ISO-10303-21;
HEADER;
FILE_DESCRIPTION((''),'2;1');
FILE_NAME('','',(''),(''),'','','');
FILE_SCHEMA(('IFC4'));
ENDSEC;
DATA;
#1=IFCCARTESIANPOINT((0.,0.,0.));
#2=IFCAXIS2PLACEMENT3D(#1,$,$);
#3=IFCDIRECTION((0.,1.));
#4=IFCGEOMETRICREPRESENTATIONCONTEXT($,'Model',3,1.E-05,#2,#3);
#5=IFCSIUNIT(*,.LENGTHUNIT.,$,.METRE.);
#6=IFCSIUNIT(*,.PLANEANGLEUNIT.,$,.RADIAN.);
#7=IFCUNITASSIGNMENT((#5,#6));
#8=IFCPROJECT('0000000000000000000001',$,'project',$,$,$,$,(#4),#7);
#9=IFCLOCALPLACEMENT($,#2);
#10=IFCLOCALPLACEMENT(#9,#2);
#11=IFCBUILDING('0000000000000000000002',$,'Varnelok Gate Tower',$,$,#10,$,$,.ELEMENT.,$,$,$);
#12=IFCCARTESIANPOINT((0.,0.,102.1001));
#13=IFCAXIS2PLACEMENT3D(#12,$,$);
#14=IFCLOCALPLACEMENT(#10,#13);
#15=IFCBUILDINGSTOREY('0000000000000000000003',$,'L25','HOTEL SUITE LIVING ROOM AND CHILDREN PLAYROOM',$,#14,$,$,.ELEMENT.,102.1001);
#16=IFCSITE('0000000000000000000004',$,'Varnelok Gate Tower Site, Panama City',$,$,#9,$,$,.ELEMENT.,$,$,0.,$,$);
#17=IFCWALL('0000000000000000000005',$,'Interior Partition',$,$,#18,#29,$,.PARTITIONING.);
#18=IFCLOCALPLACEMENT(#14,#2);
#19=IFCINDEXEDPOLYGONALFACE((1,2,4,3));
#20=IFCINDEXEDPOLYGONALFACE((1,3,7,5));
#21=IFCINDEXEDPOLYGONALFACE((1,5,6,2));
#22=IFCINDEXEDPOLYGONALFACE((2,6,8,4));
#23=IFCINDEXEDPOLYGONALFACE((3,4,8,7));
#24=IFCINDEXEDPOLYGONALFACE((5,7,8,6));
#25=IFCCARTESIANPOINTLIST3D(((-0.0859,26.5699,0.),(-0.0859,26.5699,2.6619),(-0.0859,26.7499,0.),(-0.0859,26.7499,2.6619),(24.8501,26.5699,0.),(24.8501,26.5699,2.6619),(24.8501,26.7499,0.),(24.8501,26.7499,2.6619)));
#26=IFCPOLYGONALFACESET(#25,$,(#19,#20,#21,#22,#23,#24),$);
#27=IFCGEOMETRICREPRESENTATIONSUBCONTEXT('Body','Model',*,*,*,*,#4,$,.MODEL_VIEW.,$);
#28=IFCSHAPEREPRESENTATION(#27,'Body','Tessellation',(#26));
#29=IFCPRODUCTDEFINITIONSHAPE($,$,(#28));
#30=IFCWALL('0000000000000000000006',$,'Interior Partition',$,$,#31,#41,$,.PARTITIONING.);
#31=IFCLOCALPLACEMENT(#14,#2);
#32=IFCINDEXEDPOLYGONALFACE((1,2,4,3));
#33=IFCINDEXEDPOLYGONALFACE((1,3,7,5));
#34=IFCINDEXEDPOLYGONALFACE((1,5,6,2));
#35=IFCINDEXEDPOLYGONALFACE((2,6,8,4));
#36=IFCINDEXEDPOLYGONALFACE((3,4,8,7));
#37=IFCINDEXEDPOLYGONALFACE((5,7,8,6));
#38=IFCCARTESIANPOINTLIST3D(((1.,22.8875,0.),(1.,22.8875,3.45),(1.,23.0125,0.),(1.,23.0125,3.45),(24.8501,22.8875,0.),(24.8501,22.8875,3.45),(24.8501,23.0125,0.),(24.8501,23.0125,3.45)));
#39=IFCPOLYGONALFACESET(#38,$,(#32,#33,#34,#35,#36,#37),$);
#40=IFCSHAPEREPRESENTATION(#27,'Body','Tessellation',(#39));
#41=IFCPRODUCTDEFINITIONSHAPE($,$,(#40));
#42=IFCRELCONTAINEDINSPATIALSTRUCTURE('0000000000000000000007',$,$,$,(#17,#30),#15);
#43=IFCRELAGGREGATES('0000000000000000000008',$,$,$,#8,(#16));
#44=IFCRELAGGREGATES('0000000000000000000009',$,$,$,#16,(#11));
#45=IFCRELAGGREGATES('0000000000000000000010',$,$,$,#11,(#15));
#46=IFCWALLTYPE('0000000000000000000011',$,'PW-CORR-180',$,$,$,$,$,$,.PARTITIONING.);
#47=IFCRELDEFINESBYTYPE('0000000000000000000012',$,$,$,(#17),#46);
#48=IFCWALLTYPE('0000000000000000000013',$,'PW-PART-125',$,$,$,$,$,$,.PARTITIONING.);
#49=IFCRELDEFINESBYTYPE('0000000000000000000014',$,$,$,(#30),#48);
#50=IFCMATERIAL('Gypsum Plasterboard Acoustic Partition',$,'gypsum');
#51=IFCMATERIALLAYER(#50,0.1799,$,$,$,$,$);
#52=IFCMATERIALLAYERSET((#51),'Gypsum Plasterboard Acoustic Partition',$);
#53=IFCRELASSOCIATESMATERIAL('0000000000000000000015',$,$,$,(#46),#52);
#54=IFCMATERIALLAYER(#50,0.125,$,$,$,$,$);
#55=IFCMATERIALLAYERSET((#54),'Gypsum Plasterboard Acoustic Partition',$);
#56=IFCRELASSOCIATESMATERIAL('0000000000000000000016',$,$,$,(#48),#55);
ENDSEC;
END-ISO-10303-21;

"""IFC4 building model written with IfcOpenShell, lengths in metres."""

from ifc_helpers import new_model, si_unit, direction, frame, frame_2d, origin, place, context, subcontext, project, spatial, rectangle, extrude, material, layer, layer_set, type_object, element, save


model = new_model("IFC4")

# Units and contexts
model_context = context("Model", 3, precision=1e-05, world=origin(), true_north=direction((0.0, 1.0)))
body_context = subcontext(model_context, "Body", "Model", "MODEL_VIEW")
ifc_project = project(units=[si_unit("LENGTHUNIT", "METRE"), si_unit("PLANEANGLEUNIT", "RADIAN")], contexts=[model_context])

# Site, building, storey
site_placement = place(None, origin())
site = spatial("IfcSite", under=ifc_project, at=site_placement, Name="Varnelok Gate Tower Site, Panama City", CompositionType="ELEMENT", RefElevation=0.0)
building_placement = place(site_placement, origin())
building = spatial("IfcBuilding", under=site, at=building_placement, Name="Varnelok Gate Tower", CompositionType="ELEMENT")
storey_placement = place(building_placement, frame((0.0, 0.0, 102.1001)))
storey = spatial("IfcBuildingStorey", under=building, at=storey_placement, Name="L25", Description="HOTEL SUITE LIVING ROOM AND CHILDREN PLAYROOM", CompositionType="ELEMENT", Elevation=102.1001)

# Shared definitions
ifc_material_1 = material(Name="Gypsum Plasterboard Acoustic Partition", Category="gypsum")
ifc_layer_1 = layer(ifc_material_1, 0.1799)
ifc_layer_set_1 = layer_set([ifc_layer_1], Name="Gypsum Plasterboard Acoustic Partition")
wall_type_1 = type_object("IfcWallType", Name="PW-CORR-180", PredefinedType="PARTITIONING", material=ifc_layer_set_1)

# Walls
wall_1_placement = place(storey_placement, frame((-0.0859, 26.6599, 0.0), z_axis=(0.0, 0.0, 1.0), x_axis=(1.0, 0.0, 0.0)))
element("IfcWall", 1, at=wall_1_placement, inside=storey, type_object=wall_type_1, Name="Interior Partition", PredefinedType="PARTITIONING", context=body_context, shape_type="SweptSolid", body=[
    extrude(rectangle(XDim=24.936, YDim=0.1799, at=frame_2d((12.468, 0.0))), origin(), (0.0, 0.0, 1.0), 2.6619),
])
ifc_layer_2 = layer(ifc_material_1, 0.125)
ifc_layer_set_2 = layer_set([ifc_layer_2], Name="Gypsum Plasterboard Acoustic Partition")
wall_type_2 = type_object("IfcWallType", Name="PW-PART-125", PredefinedType="PARTITIONING", material=ifc_layer_set_2)
wall_2_placement = place(storey_placement, frame((1.0, 22.95, 0.0), z_axis=(0.0, 0.0, 1.0), x_axis=(1.0, 0.0, 0.0)))
element("IfcWall", 2, at=wall_2_placement, inside=storey, type_object=wall_type_2, Name="Interior Partition", PredefinedType="PARTITIONING", context=body_context, shape_type="SweptSolid", body=[
    extrude(rectangle(XDim=23.8501, YDim=0.125, at=frame_2d((11.925, 0.0))), origin(), (0.0, 0.0, 1.0), 3.45),
])

save(model, "model.ifc")
